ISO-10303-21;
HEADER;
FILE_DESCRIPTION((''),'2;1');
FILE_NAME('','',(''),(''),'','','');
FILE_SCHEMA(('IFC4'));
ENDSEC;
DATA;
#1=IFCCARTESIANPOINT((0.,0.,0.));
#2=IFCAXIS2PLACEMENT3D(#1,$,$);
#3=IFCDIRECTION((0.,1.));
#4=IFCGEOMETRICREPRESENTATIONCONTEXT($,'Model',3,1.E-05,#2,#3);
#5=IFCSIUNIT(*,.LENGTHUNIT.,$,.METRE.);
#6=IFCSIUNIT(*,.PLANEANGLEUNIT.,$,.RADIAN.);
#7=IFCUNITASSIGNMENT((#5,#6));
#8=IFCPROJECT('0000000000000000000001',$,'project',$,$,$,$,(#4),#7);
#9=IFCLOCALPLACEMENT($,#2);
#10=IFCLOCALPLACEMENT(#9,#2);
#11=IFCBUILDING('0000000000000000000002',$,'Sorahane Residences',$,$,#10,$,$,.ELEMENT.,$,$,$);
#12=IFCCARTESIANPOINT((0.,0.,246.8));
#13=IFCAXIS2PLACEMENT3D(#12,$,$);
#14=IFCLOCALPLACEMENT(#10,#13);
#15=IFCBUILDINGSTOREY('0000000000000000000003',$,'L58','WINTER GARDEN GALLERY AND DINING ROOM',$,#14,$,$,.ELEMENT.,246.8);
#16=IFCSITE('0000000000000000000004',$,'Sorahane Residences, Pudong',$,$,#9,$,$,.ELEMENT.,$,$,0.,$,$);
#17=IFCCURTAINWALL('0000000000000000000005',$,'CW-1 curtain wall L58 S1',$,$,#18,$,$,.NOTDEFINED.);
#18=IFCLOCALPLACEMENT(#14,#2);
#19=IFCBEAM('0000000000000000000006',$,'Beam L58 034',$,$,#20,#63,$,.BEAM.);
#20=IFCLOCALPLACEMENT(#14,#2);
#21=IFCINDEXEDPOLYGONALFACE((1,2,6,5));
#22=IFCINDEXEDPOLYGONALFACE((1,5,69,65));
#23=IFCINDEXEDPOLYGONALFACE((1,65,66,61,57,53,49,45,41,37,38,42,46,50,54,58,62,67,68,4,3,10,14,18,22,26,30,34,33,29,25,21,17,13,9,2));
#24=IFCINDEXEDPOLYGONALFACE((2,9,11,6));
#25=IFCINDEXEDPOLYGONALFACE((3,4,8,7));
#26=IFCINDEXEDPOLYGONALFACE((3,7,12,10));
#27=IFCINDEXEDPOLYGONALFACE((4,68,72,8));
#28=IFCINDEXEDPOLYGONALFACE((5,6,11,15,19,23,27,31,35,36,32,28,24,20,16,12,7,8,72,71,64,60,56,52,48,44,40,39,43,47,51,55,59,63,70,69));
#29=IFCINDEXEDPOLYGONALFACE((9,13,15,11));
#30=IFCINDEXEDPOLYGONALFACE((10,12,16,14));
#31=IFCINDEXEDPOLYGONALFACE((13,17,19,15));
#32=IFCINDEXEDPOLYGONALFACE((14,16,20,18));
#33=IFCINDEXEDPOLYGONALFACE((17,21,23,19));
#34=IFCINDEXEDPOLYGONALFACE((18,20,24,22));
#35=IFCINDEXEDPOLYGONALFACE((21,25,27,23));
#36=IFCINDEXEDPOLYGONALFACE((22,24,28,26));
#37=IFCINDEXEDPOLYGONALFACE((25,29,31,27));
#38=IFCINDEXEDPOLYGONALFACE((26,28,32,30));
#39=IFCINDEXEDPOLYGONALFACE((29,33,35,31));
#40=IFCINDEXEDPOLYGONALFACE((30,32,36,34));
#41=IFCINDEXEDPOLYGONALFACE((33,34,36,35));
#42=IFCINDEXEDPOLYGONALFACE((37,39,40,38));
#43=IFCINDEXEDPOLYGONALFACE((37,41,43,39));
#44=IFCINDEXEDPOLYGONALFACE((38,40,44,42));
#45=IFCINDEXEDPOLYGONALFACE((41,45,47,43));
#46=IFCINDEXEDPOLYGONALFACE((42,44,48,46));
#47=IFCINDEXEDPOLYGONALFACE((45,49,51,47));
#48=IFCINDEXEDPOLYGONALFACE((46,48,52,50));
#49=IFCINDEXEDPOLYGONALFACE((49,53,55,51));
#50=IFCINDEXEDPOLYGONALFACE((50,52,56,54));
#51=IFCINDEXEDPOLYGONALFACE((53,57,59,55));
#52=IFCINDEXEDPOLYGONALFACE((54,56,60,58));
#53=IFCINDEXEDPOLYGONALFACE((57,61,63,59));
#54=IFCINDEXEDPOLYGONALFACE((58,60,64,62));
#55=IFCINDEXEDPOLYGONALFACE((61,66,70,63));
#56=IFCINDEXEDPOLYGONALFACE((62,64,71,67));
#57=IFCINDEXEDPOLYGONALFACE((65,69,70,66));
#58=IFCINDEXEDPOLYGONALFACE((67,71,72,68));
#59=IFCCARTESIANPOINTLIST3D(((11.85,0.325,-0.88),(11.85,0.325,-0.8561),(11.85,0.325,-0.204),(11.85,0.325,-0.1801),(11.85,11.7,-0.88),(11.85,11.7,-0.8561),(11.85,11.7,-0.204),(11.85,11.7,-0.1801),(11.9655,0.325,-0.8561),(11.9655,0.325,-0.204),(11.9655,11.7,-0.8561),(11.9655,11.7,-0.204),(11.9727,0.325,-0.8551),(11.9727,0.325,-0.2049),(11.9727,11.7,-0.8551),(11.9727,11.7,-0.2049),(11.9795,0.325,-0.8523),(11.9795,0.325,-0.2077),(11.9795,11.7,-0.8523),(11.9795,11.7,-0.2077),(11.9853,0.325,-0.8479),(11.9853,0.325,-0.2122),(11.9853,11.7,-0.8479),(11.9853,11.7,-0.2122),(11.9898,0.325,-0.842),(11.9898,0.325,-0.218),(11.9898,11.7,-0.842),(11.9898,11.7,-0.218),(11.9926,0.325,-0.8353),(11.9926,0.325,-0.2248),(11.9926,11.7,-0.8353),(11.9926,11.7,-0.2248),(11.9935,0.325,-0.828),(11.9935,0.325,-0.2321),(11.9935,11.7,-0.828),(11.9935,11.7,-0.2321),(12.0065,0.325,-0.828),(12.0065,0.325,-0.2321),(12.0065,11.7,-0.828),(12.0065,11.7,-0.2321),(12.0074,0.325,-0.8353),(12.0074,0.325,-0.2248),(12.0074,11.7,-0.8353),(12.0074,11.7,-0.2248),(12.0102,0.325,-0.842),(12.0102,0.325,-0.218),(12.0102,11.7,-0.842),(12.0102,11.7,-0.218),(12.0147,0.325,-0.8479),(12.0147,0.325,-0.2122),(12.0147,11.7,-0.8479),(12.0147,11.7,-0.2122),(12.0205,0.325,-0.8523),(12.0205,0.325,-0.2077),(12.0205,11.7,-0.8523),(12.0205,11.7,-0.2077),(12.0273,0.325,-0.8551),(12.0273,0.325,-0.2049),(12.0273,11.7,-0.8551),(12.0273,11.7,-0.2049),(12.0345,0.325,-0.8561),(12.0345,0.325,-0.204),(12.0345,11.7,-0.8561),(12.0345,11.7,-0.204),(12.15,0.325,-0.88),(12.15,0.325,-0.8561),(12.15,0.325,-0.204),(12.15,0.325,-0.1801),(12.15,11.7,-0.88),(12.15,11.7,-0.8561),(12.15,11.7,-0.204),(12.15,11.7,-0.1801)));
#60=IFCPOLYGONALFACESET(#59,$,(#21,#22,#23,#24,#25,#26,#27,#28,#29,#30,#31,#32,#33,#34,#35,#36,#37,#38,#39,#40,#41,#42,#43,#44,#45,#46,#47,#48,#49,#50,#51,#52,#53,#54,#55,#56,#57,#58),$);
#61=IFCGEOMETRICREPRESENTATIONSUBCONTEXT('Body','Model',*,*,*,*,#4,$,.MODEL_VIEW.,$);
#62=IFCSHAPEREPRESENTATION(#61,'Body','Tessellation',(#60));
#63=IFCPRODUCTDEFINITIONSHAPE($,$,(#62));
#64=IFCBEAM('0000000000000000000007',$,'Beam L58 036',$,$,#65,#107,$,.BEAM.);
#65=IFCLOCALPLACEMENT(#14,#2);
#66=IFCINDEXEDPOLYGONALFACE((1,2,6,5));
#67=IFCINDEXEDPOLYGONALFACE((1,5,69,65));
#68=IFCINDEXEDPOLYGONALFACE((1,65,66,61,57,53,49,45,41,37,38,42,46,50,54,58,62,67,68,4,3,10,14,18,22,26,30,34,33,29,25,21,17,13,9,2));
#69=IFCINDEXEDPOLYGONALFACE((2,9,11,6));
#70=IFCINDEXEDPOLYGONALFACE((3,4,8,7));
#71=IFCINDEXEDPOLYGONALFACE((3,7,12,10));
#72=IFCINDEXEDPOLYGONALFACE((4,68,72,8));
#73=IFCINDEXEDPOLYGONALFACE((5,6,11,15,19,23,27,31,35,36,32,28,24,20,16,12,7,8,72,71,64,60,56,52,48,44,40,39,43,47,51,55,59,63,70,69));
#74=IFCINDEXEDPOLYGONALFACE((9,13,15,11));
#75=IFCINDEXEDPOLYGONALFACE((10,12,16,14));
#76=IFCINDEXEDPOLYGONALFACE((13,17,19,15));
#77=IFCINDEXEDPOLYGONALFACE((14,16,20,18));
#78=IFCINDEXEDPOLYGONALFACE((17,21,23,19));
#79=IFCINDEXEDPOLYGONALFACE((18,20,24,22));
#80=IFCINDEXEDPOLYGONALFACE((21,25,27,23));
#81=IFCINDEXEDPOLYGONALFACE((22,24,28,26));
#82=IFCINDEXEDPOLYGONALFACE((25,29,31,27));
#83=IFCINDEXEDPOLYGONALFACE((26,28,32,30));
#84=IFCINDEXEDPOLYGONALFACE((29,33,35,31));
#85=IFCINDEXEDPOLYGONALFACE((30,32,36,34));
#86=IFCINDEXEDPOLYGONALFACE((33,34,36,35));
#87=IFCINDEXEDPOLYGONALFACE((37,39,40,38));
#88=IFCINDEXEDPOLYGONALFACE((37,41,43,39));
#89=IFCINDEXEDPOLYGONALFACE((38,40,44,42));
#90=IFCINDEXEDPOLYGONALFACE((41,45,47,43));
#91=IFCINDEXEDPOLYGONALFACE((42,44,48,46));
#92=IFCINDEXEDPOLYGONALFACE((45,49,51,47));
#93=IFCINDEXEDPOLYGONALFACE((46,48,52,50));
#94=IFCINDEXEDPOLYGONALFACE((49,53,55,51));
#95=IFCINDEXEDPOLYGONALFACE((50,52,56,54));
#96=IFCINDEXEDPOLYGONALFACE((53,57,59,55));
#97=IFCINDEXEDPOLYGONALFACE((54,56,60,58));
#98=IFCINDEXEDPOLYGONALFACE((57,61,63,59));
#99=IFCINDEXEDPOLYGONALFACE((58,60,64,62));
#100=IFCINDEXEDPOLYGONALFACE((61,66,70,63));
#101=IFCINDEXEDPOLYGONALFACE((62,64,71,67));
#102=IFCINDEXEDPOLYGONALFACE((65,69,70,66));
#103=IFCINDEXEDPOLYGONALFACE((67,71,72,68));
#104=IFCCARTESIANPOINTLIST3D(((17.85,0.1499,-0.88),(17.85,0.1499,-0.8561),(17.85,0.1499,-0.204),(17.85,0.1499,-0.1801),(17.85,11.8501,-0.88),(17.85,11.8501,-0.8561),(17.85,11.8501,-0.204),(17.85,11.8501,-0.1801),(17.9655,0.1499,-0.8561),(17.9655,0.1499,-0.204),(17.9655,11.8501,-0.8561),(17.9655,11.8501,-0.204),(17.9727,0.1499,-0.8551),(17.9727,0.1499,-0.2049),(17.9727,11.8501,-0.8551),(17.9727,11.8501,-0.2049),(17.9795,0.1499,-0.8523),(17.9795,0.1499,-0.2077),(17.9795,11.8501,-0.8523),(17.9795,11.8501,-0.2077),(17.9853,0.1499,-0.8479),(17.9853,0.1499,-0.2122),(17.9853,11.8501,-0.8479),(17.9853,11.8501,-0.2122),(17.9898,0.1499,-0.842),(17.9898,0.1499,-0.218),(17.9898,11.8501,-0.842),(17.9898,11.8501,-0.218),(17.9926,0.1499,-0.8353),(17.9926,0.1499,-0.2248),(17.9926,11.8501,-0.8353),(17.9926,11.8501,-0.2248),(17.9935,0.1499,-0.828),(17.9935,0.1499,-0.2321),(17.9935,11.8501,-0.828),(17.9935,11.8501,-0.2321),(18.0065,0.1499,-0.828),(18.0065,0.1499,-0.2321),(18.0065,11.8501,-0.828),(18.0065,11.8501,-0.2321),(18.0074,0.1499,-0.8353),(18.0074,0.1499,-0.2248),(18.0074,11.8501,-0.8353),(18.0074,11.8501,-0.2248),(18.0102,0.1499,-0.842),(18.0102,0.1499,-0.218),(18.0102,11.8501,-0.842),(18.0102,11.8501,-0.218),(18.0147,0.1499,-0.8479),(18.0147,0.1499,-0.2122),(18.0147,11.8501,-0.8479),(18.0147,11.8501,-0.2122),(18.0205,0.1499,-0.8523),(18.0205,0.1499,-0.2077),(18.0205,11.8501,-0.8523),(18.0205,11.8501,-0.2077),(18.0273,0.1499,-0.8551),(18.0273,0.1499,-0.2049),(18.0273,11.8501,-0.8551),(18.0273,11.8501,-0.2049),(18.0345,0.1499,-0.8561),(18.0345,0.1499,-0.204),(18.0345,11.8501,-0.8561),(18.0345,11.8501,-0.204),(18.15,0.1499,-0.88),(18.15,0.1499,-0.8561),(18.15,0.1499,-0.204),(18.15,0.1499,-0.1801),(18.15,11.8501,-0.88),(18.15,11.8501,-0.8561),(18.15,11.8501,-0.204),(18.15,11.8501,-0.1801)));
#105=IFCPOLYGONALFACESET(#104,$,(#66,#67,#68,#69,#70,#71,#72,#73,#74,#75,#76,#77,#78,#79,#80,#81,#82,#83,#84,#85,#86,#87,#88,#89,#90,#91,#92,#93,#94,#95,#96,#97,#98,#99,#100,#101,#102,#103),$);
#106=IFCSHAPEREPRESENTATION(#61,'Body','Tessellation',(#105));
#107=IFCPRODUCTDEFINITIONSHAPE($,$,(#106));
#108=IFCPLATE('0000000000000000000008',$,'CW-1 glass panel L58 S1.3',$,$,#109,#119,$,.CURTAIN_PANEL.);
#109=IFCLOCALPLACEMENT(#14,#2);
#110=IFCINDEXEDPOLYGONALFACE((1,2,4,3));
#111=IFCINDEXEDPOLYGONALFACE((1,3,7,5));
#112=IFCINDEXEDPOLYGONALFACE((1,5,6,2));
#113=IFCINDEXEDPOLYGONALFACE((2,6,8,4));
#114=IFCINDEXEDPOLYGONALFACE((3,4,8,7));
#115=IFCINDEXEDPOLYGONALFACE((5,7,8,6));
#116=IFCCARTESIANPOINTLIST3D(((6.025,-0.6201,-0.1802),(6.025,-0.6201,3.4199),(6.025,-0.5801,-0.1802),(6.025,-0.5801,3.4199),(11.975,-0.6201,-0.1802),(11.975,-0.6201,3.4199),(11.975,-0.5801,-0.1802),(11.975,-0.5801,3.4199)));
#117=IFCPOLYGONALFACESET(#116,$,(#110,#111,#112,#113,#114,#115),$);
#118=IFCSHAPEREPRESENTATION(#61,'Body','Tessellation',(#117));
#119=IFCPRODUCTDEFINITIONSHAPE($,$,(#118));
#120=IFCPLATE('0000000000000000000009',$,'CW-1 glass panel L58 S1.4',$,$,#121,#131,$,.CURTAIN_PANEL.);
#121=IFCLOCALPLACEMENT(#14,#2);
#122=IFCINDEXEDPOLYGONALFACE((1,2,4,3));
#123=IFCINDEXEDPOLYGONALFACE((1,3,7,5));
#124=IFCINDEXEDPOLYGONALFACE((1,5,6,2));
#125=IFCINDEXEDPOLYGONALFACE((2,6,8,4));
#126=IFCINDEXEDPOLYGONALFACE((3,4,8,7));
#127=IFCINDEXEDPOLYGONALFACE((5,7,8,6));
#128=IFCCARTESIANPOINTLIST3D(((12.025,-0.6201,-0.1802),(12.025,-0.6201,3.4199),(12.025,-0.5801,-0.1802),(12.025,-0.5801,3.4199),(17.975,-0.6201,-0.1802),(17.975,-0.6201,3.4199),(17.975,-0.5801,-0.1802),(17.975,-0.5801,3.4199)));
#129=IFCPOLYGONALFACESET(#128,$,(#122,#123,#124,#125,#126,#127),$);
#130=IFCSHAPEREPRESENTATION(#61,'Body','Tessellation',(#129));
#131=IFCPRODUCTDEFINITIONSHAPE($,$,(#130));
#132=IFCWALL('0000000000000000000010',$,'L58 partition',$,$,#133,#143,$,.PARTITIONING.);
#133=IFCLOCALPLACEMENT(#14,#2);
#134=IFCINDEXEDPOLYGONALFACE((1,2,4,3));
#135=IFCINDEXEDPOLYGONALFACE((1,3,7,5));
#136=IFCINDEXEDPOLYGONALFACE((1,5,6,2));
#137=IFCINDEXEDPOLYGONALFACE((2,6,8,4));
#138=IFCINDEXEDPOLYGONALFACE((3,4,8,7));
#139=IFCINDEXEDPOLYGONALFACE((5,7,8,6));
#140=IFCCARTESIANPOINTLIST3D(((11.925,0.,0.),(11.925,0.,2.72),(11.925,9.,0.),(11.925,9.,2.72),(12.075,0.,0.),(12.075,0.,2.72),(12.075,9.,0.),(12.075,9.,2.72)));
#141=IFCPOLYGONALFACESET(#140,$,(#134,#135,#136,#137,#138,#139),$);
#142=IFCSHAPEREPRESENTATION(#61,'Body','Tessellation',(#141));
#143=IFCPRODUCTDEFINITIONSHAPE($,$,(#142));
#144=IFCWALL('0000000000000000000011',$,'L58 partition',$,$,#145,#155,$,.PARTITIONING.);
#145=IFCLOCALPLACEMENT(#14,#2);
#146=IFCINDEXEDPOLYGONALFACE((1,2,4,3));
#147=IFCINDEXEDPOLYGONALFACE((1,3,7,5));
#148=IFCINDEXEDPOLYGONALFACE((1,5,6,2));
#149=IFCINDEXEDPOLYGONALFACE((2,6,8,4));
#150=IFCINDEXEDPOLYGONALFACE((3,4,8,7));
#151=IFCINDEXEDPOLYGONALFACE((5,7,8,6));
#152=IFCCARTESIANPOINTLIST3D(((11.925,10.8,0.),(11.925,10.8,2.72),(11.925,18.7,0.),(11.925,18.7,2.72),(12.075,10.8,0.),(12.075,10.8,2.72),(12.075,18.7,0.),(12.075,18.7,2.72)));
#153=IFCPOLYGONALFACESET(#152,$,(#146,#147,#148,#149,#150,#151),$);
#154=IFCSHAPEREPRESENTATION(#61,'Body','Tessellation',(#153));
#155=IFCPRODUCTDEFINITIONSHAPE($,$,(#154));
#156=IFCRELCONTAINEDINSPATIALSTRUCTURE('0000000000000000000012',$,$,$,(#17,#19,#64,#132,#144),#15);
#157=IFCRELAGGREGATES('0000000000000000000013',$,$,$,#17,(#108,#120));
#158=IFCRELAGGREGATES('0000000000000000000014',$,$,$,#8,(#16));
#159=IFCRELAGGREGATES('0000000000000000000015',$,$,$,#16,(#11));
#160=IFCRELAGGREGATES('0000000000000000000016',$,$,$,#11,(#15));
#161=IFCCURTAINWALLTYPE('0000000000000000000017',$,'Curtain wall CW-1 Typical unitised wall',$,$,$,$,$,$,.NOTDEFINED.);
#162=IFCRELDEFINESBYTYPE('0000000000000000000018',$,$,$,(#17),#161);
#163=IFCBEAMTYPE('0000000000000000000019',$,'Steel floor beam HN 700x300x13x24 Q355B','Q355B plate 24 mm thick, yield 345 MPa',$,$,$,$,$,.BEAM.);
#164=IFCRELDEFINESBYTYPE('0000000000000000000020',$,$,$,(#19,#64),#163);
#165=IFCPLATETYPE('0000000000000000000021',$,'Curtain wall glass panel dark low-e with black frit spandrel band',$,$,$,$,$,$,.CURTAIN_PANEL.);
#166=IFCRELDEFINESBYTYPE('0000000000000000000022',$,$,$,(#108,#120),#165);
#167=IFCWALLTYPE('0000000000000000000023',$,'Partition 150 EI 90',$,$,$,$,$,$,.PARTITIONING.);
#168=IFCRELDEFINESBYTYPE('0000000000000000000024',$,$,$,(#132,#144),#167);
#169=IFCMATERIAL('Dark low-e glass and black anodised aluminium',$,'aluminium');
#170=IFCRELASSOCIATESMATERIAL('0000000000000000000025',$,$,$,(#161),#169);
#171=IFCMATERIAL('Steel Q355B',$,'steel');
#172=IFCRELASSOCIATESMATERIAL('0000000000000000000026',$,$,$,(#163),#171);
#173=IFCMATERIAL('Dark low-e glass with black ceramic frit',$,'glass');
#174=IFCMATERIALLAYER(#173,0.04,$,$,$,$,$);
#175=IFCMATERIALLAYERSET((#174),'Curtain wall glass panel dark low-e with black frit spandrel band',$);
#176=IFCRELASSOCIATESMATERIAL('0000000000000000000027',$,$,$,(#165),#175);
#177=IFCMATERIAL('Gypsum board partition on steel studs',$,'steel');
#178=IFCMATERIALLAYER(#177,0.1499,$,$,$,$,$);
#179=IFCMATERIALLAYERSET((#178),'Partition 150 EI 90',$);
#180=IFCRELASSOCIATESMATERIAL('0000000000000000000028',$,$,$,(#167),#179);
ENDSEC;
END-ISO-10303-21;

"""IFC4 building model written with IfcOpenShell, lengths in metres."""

from ifc_helpers import new_model, si_unit, direction, frame, frame_2d, origin, origin_2d, place, context, subcontext, project, spatial, rectangle, i_section, extrude, material, layer, layer_set, material_profile, profile_set, type_object, element, aggregate, save


model = new_model("IFC4")

# Units and contexts
model_context = context("Model", 3, precision=1e-05, world=origin(), true_north=direction((0.0, 1.0)))
body_context = subcontext(model_context, "Body", "Model", "MODEL_VIEW")
ifc_project = project(units=[si_unit("LENGTHUNIT", "METRE"), si_unit("PLANEANGLEUNIT", "RADIAN")], contexts=[model_context])

# Site, building, storey
site_placement = place(None, origin())
site = spatial("IfcSite", under=ifc_project, at=site_placement, Name="Sorahane Residences, Pudong", CompositionType="ELEMENT", RefElevation=0.0)
building_placement = place(site_placement, origin())
building = spatial("IfcBuilding", under=site, at=building_placement, Name="Sorahane Residences", CompositionType="ELEMENT")
storey_placement = place(building_placement, frame((0.0, 0.0, 246.8)))
storey = spatial("IfcBuildingStorey", under=building, at=storey_placement, Name="L58", Description="WINTER GARDEN GALLERY AND DINING ROOM", CompositionType="ELEMENT", Elevation=246.8)

# Curtain wall
ifc_material_1 = material(Name="Dark low-e glass and black anodised aluminium", Category="aluminium")
curtain_wall_type = type_object("IfcCurtainWallType", Name="Curtain wall CW-1 Typical unitised wall", PredefinedType="NOTDEFINED", material=ifc_material_1)
curtain_wall_placement = place(storey_placement, origin())
curtain_wall = element("IfcCurtainWall", 1, at=curtain_wall_placement, inside=storey, type_object=curtain_wall_type, Name="CW-1 curtain wall L58 S1", PredefinedType="NOTDEFINED")

# Beams
ifc_material_2 = material(Name="Steel Q355B", Category="steel")
ifc_material_profile_1 = material_profile(ifc_material_2, i_section(OverallWidth=0.3, OverallDepth=0.7, WebThickness=0.0129, FlangeThickness=0.0239, FilletRadius=0.0281, at=origin_2d()), Name="HN 700x300x13x24")
ifc_profile_set_1 = profile_set([ifc_material_profile_1], Name="Steel Q355B")
beam_type_1 = type_object("IfcBeamType", Name="Steel floor beam HN 700x300x13x24 Q355B", Description="Q355B plate 24 mm thick, yield 345 MPa", PredefinedType="BEAM", material=ifc_profile_set_1)
beam_1_placement = place(storey_placement, frame((12.0, 0.325, -0.53), z_axis=(0.0, 1.0, 0.0), x_axis=(-1.0, 0.0, 0.0)))
element("IfcBeam", 2, at=beam_1_placement, inside=storey, type_object=beam_type_1, Name="Beam L58 034", PredefinedType="BEAM", context=body_context, shape_type="SweptSolid", body=[
    extrude(i_section(OverallWidth=0.3, OverallDepth=0.7, WebThickness=0.0129, FlangeThickness=0.0239, FilletRadius=0.0281, at=origin_2d()), origin(), (0.0, 0.0, 1.0), 11.375),
])
beam_2_placement = place(storey_placement, frame((18.0, 0.1499, -0.53), z_axis=(0.0, 1.0, 0.0), x_axis=(-1.0, 0.0, 0.0)))
element("IfcBeam", 3, at=beam_2_placement, inside=storey, type_object=beam_type_1, Name="Beam L58 036", PredefinedType="BEAM", context=body_context, shape_type="SweptSolid", body=[
    extrude(i_section(OverallWidth=0.3, OverallDepth=0.7, WebThickness=0.0129, FlangeThickness=0.0239, FilletRadius=0.0281, at=origin_2d()), origin(), (0.0, 0.0, 1.0), 11.7002),
])

# Plates
ifc_material_3 = material(Name="Dark low-e glass with black ceramic frit", Category="glass")
ifc_layer_1 = layer(ifc_material_3, 0.04)
ifc_layer_set_1 = layer_set([ifc_layer_1], Name="Curtain wall glass panel dark low-e with black frit spandrel band")
plate_type = type_object("IfcPlateType", Name="Curtain wall glass panel dark low-e with black frit spandrel band", PredefinedType="CURTAIN_PANEL", material=ifc_layer_set_1)
plate_1_placement = place(storey_placement, frame((9.0, -0.6001, -0.1802), z_axis=(0.0, 0.0, 1.0), x_axis=(1.0, 0.0, 0.0)))
plate_1 = element("IfcPlate", 4, at=plate_1_placement, type_object=plate_type, Name="CW-1 glass panel L58 S1.3", PredefinedType="CURTAIN_PANEL", context=body_context, shape_type="SweptSolid", body=[
    extrude(rectangle(XDim=5.95, YDim=0.04, at=origin_2d()), origin(), (0.0, 0.0, 1.0), 3.6001),
])
plate_2_placement = place(storey_placement, frame((15.0, -0.6001, -0.1802), z_axis=(0.0, 0.0, 1.0), x_axis=(1.0, 0.0, 0.0)))
plate_2 = element("IfcPlate", 5, at=plate_2_placement, type_object=plate_type, Name="CW-1 glass panel L58 S1.4", PredefinedType="CURTAIN_PANEL", context=body_context, shape_type="SweptSolid", body=[
    extrude(rectangle(XDim=5.95, YDim=0.04, at=origin_2d()), origin(), (0.0, 0.0, 1.0), 3.6001),
])
aggregate(curtain_wall, [plate_1, plate_2])

# Walls
ifc_material_4 = material(Name="Gypsum board partition on steel studs", Category="steel")
ifc_layer_2 = layer(ifc_material_4, 0.1499)
ifc_layer_set_2 = layer_set([ifc_layer_2], Name="Partition 150 EI 90")
wall_type = type_object("IfcWallType", Name="Partition 150 EI 90", PredefinedType="PARTITIONING", material=ifc_layer_set_2)
wall_1_placement = place(storey_placement, frame((12.0, 0.0, 0.0), z_axis=(0.0, 0.0, 1.0), x_axis=(0.0, 1.0, 0.0)))
element("IfcWall", 6, at=wall_1_placement, inside=storey, type_object=wall_type, Name="L58 partition", PredefinedType="PARTITIONING", context=body_context, shape_type="SweptSolid", body=[
    extrude(rectangle(XDim=9.0, YDim=0.1499, at=frame_2d((4.5, 0.0))), origin(), (0.0, 0.0, 1.0), 2.72),
])
wall_2_placement = place(storey_placement, frame((12.0, 10.8, 0.0), z_axis=(0.0, 0.0, 1.0), x_axis=(0.0, 1.0, 0.0)))
element("IfcWall", 7, at=wall_2_placement, inside=storey, type_object=wall_type, Name="L58 partition", PredefinedType="PARTITIONING", context=body_context, shape_type="SweptSolid", body=[
    extrude(rectangle(XDim=7.8999, YDim=0.1499, at=frame_2d((3.95, 0.0))), origin(), (0.0, 0.0, 1.0), 2.72),
])

save(model, "model.ifc")
